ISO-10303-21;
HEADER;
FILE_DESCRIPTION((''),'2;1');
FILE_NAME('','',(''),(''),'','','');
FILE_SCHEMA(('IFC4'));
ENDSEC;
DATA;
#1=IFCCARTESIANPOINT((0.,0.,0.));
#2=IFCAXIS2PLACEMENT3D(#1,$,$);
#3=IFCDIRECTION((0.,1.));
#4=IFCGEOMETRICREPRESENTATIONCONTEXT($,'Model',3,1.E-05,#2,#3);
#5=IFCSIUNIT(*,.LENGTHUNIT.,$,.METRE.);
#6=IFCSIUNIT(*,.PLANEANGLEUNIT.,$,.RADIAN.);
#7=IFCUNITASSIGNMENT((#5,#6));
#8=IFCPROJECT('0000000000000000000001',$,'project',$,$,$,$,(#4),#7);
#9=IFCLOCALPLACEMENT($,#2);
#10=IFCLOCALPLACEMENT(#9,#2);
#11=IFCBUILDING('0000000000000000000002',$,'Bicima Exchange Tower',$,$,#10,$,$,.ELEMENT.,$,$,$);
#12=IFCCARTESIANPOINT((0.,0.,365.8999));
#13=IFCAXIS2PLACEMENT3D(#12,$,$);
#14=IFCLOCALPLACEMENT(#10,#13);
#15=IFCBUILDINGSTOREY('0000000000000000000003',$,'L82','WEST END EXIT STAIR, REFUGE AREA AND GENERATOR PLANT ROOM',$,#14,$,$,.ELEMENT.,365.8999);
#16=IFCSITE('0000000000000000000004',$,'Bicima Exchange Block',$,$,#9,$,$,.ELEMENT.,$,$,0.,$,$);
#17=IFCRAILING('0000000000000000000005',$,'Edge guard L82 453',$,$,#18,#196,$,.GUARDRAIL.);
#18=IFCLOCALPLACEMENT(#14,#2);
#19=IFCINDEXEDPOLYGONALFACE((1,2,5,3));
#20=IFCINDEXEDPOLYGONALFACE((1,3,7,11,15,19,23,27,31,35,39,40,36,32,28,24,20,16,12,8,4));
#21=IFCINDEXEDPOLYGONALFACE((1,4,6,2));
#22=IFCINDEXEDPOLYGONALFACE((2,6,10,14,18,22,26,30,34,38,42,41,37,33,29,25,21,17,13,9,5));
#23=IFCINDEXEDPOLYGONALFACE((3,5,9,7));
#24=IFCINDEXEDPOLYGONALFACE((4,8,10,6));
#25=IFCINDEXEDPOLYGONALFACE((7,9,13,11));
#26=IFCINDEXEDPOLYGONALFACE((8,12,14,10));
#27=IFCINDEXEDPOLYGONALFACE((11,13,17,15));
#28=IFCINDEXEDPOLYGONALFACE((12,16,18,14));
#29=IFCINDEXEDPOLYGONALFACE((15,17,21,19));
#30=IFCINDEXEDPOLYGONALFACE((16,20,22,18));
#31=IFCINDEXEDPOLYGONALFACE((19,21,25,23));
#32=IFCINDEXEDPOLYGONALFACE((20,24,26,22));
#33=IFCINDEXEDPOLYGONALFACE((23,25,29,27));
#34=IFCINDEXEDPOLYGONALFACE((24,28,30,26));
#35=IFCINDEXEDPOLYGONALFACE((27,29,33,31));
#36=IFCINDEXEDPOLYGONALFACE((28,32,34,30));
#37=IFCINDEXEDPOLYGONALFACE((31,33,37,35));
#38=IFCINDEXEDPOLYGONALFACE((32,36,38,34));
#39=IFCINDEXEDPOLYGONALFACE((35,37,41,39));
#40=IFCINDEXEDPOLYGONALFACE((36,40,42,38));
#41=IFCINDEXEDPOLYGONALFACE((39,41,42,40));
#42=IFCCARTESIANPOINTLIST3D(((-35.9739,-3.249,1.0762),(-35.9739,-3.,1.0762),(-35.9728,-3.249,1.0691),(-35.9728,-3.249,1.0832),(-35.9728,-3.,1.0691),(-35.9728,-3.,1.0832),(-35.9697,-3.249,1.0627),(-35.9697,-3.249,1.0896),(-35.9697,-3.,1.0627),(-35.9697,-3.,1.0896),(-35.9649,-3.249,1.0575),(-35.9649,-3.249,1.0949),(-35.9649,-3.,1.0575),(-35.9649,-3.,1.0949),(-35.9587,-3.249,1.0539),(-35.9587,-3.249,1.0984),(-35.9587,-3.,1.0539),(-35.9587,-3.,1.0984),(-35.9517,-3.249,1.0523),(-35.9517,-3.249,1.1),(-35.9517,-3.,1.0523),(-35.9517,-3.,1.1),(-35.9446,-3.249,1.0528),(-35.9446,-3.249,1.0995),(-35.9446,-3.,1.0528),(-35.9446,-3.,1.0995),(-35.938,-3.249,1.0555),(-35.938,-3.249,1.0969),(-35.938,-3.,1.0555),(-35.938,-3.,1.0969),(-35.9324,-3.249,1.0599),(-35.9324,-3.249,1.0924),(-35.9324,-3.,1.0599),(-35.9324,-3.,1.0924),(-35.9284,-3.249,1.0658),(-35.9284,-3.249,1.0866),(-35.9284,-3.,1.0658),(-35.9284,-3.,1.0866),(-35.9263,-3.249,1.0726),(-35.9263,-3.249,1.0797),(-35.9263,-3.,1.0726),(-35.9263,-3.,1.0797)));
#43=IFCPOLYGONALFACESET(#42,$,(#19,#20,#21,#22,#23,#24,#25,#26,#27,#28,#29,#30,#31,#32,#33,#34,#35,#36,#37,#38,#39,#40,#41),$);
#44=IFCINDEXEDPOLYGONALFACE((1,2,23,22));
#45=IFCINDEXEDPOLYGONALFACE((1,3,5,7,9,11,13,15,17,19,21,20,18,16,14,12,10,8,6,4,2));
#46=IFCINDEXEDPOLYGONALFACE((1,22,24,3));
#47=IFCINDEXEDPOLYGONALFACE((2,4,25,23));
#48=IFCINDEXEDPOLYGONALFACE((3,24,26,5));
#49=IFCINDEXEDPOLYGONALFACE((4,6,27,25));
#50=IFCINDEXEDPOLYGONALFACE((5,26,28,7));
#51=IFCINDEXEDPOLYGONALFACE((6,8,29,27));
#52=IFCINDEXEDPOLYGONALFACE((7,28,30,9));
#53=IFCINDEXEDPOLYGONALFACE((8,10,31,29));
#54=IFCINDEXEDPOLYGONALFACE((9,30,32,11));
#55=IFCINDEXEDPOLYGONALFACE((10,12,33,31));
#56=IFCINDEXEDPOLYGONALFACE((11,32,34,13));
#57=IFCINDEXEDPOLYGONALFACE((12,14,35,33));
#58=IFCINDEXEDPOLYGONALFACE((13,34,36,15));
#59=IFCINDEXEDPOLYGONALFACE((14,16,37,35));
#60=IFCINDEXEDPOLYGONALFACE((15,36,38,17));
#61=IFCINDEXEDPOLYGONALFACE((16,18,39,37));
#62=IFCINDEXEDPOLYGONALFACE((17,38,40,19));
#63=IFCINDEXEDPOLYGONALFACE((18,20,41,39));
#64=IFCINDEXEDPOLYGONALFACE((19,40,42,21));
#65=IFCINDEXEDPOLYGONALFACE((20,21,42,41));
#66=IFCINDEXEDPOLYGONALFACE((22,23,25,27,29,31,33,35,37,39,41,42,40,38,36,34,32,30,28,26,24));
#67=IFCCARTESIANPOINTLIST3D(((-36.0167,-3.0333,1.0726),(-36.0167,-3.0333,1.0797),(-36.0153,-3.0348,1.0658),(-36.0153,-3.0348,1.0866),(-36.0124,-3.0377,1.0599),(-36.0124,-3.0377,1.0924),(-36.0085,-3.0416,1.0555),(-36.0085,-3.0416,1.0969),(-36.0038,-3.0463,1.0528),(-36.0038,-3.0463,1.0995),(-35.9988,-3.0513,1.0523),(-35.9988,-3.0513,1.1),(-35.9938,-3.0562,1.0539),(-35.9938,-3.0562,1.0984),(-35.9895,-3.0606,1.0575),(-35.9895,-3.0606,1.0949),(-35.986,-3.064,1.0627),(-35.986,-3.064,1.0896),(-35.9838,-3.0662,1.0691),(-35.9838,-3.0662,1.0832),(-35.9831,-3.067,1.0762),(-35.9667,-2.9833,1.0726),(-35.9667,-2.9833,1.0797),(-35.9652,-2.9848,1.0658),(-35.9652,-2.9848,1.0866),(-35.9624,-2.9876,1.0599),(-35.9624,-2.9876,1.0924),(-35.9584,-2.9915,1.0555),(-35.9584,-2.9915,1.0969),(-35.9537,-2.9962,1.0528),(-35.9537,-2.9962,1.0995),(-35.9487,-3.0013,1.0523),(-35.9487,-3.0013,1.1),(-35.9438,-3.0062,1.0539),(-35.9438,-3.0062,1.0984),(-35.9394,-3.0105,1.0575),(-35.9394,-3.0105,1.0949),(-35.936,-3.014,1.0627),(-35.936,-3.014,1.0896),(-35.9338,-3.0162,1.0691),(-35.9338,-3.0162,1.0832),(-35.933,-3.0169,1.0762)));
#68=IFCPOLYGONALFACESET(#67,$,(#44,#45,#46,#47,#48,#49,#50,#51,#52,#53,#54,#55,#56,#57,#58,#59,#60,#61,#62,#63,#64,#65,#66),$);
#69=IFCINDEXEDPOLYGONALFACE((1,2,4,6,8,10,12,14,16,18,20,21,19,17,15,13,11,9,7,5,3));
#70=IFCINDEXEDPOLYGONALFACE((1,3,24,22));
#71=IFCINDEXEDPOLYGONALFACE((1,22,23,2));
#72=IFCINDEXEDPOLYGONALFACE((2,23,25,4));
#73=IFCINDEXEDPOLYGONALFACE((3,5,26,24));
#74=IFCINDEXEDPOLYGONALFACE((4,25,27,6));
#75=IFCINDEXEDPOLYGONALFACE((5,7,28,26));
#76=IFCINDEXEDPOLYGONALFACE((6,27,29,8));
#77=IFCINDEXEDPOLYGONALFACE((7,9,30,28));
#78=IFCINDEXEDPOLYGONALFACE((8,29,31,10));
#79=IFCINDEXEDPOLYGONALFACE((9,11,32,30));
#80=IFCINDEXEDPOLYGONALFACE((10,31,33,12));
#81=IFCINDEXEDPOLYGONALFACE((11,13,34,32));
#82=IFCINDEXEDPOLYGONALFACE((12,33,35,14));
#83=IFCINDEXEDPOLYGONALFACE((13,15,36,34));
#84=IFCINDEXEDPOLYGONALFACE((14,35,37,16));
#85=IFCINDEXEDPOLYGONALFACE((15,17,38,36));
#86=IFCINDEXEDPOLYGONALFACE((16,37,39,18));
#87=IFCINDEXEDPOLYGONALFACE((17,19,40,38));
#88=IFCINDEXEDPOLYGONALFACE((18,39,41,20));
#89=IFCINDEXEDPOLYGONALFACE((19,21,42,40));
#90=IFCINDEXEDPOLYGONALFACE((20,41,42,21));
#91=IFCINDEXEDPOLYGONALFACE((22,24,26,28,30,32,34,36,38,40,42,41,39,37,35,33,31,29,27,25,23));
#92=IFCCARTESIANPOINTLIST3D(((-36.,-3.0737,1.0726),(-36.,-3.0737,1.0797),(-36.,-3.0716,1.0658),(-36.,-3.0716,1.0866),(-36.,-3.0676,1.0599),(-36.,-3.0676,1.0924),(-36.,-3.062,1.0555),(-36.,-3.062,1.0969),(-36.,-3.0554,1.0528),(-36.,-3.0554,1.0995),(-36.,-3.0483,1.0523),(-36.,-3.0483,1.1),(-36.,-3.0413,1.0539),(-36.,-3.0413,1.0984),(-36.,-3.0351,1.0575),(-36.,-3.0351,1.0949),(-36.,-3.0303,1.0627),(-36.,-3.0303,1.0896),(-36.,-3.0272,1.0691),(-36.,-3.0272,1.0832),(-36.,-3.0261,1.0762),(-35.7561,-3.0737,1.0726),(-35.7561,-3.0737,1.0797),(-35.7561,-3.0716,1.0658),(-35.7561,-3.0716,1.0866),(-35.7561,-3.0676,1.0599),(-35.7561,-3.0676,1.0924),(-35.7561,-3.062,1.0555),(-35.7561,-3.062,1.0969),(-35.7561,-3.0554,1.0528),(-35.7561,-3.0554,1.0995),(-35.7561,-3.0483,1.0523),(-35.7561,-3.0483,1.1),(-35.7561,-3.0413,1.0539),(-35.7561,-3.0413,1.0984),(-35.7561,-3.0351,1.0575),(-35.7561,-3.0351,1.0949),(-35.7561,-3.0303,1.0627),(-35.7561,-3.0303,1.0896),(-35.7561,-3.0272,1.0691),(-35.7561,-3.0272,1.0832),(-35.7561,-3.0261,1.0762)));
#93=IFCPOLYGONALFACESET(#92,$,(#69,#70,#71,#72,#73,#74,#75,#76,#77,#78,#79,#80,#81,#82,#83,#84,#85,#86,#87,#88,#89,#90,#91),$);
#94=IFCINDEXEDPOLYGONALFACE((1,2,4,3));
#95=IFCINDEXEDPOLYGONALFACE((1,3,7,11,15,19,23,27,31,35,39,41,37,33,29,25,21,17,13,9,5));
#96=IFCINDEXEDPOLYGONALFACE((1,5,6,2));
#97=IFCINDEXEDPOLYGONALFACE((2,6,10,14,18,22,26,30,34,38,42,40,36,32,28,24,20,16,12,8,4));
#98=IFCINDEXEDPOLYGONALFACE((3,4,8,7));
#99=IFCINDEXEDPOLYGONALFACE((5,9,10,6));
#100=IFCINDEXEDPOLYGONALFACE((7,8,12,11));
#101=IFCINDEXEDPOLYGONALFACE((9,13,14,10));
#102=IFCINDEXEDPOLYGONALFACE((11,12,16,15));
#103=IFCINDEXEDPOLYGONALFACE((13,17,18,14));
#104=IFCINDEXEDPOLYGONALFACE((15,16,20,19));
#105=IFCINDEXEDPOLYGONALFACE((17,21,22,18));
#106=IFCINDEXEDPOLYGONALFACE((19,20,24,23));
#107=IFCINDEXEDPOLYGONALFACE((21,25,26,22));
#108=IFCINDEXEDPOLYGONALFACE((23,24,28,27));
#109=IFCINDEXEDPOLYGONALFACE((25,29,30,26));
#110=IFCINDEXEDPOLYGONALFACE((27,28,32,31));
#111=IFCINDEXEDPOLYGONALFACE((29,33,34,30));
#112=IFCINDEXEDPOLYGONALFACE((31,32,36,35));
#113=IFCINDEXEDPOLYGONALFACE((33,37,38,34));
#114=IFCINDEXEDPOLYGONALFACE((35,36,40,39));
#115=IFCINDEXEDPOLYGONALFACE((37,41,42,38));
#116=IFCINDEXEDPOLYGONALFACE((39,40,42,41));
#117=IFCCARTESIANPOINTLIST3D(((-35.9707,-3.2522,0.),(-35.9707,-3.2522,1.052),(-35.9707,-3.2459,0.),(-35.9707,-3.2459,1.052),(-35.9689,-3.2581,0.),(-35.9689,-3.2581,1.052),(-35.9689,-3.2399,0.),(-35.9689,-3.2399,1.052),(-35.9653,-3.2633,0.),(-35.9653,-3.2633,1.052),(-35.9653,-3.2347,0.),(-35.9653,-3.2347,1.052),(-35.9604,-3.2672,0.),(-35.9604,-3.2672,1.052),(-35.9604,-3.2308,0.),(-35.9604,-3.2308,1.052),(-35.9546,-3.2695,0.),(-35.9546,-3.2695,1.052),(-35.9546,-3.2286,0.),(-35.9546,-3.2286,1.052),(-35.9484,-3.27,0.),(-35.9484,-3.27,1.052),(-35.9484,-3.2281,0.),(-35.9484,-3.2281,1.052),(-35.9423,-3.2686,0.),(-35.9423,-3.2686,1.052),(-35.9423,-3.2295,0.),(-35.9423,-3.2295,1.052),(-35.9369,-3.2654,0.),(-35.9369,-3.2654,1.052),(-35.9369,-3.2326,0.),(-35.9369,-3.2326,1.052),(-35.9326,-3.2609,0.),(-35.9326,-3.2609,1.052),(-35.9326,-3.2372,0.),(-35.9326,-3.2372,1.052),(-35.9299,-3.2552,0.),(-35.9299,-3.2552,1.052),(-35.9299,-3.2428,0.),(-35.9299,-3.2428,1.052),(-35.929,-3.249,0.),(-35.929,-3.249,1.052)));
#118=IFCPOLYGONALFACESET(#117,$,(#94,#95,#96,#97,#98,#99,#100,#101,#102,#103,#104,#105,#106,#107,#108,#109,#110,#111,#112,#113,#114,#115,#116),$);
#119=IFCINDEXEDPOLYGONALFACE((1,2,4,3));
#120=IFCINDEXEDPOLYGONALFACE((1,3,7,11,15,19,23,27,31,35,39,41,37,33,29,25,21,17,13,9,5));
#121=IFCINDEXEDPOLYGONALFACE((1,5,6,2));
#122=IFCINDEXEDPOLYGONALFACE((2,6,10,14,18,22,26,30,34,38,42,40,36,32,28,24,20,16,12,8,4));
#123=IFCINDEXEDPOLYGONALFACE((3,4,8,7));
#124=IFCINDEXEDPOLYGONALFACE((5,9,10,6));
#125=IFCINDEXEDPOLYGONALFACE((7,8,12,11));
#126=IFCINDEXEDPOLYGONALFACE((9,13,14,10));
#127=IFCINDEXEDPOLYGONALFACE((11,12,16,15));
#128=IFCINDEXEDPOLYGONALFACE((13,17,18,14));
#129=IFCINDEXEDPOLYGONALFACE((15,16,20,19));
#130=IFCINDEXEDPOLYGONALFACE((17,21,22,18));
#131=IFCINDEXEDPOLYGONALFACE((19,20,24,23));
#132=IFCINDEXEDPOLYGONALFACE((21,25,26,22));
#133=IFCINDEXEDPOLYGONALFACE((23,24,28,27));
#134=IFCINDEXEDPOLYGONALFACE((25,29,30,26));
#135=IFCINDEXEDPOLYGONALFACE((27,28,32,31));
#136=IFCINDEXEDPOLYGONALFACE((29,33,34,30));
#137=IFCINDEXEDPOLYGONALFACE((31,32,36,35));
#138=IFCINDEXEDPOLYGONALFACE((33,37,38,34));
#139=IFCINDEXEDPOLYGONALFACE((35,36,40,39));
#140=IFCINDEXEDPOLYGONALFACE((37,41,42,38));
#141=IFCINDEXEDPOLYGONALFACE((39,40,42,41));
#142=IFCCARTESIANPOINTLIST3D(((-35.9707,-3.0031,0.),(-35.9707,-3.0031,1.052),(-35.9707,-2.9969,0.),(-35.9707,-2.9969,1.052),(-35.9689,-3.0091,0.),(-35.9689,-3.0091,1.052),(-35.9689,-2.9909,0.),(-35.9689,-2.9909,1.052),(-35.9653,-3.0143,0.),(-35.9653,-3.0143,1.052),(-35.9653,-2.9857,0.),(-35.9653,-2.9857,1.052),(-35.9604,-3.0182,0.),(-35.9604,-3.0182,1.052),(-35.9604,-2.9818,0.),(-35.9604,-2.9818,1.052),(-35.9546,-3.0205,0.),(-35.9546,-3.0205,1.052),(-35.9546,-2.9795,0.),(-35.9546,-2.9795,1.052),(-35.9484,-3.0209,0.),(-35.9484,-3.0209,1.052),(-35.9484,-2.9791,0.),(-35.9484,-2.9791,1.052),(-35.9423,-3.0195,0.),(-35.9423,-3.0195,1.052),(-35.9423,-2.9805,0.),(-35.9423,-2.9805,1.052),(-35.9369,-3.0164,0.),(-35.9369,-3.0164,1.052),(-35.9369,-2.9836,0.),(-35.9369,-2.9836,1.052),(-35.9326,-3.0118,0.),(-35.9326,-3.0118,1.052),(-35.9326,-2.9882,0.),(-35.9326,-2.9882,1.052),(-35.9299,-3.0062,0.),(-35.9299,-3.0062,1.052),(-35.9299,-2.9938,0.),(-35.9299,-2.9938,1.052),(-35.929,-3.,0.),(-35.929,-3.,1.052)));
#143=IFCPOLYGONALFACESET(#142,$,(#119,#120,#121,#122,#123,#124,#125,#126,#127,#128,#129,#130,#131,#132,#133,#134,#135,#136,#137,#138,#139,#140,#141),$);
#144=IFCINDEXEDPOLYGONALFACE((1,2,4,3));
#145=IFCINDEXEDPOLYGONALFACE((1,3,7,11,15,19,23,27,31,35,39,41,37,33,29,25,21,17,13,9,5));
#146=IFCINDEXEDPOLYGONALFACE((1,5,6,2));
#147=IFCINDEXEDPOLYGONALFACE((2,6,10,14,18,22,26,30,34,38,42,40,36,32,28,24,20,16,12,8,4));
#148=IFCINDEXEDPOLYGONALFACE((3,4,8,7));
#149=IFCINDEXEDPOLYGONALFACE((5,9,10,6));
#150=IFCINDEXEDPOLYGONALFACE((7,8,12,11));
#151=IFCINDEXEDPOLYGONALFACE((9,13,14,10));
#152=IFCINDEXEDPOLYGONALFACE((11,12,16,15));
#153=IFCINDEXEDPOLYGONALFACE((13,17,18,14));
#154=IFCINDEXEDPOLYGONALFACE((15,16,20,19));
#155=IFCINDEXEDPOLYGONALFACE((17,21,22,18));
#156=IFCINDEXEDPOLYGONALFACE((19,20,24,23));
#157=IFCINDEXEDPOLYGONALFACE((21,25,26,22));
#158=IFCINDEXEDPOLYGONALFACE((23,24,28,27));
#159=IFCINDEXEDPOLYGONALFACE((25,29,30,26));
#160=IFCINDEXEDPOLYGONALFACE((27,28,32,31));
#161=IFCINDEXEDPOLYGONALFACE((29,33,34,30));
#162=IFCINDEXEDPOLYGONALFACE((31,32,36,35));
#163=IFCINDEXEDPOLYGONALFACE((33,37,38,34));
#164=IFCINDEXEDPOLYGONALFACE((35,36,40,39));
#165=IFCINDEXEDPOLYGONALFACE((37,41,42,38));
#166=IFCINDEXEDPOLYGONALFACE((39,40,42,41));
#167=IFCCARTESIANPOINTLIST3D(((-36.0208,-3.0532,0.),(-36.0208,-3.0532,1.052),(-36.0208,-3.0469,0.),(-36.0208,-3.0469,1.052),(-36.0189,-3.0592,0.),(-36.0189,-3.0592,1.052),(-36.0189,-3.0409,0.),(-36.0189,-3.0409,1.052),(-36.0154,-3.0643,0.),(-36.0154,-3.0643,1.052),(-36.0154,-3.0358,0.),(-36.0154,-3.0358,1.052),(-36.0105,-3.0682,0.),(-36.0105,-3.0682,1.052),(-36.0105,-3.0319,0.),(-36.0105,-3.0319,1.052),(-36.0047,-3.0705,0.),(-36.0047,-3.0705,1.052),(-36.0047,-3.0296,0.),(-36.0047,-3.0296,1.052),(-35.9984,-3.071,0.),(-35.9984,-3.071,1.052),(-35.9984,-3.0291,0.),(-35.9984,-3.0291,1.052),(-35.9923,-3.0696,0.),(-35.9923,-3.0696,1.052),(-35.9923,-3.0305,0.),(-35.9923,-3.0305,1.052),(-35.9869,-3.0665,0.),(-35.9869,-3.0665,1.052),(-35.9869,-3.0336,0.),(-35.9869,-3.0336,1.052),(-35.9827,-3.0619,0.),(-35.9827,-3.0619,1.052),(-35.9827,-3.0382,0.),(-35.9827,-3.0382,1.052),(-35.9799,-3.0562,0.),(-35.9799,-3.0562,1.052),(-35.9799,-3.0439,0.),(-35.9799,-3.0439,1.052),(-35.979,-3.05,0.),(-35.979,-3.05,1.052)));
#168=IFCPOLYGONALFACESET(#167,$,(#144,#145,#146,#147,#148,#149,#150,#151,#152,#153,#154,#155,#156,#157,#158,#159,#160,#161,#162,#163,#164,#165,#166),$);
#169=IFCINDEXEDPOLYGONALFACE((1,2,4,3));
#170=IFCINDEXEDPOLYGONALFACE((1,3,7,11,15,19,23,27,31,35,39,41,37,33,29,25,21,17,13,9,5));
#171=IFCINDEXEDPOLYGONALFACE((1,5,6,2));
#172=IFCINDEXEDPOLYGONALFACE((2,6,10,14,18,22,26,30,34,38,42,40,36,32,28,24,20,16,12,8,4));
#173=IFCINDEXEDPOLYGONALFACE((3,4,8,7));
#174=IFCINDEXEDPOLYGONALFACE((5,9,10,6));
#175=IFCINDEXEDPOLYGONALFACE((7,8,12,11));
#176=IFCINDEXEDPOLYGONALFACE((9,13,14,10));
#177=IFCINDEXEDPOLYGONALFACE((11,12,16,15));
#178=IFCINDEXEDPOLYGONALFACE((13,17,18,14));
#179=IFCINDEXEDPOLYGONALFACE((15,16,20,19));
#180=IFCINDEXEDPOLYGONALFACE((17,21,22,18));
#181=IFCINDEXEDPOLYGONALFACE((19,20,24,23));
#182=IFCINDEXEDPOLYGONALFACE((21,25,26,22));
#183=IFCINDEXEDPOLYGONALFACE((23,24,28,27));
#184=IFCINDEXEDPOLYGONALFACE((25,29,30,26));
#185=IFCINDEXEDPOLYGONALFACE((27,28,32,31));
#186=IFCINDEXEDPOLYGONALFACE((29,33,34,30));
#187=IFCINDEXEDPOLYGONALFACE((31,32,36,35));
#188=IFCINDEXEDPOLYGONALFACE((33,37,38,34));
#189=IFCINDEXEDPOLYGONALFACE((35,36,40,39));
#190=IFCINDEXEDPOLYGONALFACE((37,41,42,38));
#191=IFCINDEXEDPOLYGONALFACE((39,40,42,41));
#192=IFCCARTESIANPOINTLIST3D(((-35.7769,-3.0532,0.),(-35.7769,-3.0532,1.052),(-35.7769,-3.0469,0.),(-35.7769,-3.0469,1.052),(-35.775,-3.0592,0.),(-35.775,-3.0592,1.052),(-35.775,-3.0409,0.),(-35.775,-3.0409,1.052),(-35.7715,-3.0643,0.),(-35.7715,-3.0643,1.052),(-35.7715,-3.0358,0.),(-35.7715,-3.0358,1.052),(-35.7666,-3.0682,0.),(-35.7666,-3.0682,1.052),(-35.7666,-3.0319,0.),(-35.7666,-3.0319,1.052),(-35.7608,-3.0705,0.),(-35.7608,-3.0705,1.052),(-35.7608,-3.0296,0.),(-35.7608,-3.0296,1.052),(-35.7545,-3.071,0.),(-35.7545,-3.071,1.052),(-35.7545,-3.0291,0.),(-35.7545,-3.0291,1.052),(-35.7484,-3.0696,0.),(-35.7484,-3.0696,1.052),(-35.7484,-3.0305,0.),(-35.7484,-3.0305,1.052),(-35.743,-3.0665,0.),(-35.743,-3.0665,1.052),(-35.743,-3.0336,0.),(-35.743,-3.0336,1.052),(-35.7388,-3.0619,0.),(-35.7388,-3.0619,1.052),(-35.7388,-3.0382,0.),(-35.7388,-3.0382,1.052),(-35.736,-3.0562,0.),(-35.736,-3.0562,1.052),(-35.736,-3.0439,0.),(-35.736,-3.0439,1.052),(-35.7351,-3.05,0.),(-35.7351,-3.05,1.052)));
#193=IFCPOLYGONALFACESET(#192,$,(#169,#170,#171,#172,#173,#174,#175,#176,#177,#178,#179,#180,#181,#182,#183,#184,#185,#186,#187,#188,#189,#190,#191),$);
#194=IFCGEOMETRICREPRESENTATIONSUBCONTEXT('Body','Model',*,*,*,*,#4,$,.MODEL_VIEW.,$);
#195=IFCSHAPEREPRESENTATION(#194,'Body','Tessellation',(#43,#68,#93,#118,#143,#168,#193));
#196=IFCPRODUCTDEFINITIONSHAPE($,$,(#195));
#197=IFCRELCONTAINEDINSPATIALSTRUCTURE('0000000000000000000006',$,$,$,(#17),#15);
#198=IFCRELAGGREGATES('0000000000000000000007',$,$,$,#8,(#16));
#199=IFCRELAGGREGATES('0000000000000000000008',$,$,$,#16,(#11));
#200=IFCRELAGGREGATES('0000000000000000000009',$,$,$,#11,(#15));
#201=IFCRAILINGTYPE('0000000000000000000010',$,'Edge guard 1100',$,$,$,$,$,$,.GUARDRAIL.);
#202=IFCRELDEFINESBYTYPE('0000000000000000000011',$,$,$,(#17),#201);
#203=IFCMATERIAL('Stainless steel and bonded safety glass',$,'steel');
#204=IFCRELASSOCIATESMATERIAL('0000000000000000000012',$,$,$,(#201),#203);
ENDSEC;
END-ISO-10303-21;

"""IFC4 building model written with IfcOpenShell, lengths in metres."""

from ifc_helpers import new_model, si_unit, direction, frame, origin, origin_2d, place, context, subcontext, project, spatial, circle, extrude, material, type_object, element, save


model = new_model("IFC4")

# Units and contexts
model_context = context("Model", 3, precision=1e-05, world=origin(), true_north=direction((0.0, 1.0)))
body_context = subcontext(model_context, "Body", "Model", "MODEL_VIEW")
ifc_project = project(units=[si_unit("LENGTHUNIT", "METRE"), si_unit("PLANEANGLEUNIT", "RADIAN")], contexts=[model_context])

# Site, building, storey
site_placement = place(None, origin())
site = spatial("IfcSite", under=ifc_project, at=site_placement, Name="Bicima Exchange Block", CompositionType="ELEMENT", RefElevation=0.0)
building_placement = place(site_placement, origin())
building = spatial("IfcBuilding", under=site, at=building_placement, Name="Bicima Exchange Tower", CompositionType="ELEMENT")
storey_placement = place(building_placement, frame((0.0, 0.0, 365.8999)))
storey = spatial("IfcBuildingStorey", under=building, at=storey_placement, Name="L82", Description="WEST END EXIT STAIR, REFUGE AREA AND GENERATOR PLANT ROOM", CompositionType="ELEMENT", Elevation=365.8999)

# Railing
ifc_material_1 = material(Name="Stainless steel and bonded safety glass", Category="steel")
railing_type = type_object("IfcRailingType", Name="Edge guard 1100", PredefinedType="GUARDRAIL", material=ifc_material_1)
railing_1_placement = place(storey_placement, frame((-35.95, -3.249, 0.0)))
element("IfcRailing", 1, at=railing_1_placement, inside=storey, type_object=railing_type, Name="Edge guard L82 453", PredefinedType="GUARDRAIL", context=body_context, shape_type="SweptSolid", body=[
    extrude(circle(Radius=0.0239, at=origin_2d()), frame((0.0, 0.0, 1.0762), z_axis=(0.0, 1.0, 0.0), x_axis=(-1.0, 0.0, 0.0)), (0.0, 0.0, 1.0), 0.249),
    extrude(circle(Radius=0.0239, at=origin_2d()), frame((0.0, 0.249, 1.0762), z_axis=(-0.707107, -0.707107, 0.0), x_axis=(0.707107, -0.707107, 0.0)), (0.0, 0.0, 1.0), 0.0708),
    extrude(circle(Radius=0.0239, at=origin_2d()), frame((-0.05, 0.199, 1.0762), z_axis=(1.0, 0.0, 0.0), x_axis=(0.0, 1.0, 0.0)), (0.0, 0.0, 1.0), 0.2439),
    extrude(circle(Radius=0.021, at=origin_2d()), origin(), (0.0, 0.0, 1.0), 1.052),
    extrude(circle(Radius=0.021, at=origin_2d()), frame((0.0, 0.249, 0.0)), (0.0, 0.0, 1.0), 1.052),
    extrude(circle(Radius=0.021, at=origin_2d()), frame((-0.05, 0.199, 0.0)), (0.0, 0.0, 1.0), 1.052),
    extrude(circle(Radius=0.021, at=origin_2d()), frame((0.1938, 0.199, 0.0)), (0.0, 0.0, 1.0), 1.052),
])

save(model, "model.ifc")
